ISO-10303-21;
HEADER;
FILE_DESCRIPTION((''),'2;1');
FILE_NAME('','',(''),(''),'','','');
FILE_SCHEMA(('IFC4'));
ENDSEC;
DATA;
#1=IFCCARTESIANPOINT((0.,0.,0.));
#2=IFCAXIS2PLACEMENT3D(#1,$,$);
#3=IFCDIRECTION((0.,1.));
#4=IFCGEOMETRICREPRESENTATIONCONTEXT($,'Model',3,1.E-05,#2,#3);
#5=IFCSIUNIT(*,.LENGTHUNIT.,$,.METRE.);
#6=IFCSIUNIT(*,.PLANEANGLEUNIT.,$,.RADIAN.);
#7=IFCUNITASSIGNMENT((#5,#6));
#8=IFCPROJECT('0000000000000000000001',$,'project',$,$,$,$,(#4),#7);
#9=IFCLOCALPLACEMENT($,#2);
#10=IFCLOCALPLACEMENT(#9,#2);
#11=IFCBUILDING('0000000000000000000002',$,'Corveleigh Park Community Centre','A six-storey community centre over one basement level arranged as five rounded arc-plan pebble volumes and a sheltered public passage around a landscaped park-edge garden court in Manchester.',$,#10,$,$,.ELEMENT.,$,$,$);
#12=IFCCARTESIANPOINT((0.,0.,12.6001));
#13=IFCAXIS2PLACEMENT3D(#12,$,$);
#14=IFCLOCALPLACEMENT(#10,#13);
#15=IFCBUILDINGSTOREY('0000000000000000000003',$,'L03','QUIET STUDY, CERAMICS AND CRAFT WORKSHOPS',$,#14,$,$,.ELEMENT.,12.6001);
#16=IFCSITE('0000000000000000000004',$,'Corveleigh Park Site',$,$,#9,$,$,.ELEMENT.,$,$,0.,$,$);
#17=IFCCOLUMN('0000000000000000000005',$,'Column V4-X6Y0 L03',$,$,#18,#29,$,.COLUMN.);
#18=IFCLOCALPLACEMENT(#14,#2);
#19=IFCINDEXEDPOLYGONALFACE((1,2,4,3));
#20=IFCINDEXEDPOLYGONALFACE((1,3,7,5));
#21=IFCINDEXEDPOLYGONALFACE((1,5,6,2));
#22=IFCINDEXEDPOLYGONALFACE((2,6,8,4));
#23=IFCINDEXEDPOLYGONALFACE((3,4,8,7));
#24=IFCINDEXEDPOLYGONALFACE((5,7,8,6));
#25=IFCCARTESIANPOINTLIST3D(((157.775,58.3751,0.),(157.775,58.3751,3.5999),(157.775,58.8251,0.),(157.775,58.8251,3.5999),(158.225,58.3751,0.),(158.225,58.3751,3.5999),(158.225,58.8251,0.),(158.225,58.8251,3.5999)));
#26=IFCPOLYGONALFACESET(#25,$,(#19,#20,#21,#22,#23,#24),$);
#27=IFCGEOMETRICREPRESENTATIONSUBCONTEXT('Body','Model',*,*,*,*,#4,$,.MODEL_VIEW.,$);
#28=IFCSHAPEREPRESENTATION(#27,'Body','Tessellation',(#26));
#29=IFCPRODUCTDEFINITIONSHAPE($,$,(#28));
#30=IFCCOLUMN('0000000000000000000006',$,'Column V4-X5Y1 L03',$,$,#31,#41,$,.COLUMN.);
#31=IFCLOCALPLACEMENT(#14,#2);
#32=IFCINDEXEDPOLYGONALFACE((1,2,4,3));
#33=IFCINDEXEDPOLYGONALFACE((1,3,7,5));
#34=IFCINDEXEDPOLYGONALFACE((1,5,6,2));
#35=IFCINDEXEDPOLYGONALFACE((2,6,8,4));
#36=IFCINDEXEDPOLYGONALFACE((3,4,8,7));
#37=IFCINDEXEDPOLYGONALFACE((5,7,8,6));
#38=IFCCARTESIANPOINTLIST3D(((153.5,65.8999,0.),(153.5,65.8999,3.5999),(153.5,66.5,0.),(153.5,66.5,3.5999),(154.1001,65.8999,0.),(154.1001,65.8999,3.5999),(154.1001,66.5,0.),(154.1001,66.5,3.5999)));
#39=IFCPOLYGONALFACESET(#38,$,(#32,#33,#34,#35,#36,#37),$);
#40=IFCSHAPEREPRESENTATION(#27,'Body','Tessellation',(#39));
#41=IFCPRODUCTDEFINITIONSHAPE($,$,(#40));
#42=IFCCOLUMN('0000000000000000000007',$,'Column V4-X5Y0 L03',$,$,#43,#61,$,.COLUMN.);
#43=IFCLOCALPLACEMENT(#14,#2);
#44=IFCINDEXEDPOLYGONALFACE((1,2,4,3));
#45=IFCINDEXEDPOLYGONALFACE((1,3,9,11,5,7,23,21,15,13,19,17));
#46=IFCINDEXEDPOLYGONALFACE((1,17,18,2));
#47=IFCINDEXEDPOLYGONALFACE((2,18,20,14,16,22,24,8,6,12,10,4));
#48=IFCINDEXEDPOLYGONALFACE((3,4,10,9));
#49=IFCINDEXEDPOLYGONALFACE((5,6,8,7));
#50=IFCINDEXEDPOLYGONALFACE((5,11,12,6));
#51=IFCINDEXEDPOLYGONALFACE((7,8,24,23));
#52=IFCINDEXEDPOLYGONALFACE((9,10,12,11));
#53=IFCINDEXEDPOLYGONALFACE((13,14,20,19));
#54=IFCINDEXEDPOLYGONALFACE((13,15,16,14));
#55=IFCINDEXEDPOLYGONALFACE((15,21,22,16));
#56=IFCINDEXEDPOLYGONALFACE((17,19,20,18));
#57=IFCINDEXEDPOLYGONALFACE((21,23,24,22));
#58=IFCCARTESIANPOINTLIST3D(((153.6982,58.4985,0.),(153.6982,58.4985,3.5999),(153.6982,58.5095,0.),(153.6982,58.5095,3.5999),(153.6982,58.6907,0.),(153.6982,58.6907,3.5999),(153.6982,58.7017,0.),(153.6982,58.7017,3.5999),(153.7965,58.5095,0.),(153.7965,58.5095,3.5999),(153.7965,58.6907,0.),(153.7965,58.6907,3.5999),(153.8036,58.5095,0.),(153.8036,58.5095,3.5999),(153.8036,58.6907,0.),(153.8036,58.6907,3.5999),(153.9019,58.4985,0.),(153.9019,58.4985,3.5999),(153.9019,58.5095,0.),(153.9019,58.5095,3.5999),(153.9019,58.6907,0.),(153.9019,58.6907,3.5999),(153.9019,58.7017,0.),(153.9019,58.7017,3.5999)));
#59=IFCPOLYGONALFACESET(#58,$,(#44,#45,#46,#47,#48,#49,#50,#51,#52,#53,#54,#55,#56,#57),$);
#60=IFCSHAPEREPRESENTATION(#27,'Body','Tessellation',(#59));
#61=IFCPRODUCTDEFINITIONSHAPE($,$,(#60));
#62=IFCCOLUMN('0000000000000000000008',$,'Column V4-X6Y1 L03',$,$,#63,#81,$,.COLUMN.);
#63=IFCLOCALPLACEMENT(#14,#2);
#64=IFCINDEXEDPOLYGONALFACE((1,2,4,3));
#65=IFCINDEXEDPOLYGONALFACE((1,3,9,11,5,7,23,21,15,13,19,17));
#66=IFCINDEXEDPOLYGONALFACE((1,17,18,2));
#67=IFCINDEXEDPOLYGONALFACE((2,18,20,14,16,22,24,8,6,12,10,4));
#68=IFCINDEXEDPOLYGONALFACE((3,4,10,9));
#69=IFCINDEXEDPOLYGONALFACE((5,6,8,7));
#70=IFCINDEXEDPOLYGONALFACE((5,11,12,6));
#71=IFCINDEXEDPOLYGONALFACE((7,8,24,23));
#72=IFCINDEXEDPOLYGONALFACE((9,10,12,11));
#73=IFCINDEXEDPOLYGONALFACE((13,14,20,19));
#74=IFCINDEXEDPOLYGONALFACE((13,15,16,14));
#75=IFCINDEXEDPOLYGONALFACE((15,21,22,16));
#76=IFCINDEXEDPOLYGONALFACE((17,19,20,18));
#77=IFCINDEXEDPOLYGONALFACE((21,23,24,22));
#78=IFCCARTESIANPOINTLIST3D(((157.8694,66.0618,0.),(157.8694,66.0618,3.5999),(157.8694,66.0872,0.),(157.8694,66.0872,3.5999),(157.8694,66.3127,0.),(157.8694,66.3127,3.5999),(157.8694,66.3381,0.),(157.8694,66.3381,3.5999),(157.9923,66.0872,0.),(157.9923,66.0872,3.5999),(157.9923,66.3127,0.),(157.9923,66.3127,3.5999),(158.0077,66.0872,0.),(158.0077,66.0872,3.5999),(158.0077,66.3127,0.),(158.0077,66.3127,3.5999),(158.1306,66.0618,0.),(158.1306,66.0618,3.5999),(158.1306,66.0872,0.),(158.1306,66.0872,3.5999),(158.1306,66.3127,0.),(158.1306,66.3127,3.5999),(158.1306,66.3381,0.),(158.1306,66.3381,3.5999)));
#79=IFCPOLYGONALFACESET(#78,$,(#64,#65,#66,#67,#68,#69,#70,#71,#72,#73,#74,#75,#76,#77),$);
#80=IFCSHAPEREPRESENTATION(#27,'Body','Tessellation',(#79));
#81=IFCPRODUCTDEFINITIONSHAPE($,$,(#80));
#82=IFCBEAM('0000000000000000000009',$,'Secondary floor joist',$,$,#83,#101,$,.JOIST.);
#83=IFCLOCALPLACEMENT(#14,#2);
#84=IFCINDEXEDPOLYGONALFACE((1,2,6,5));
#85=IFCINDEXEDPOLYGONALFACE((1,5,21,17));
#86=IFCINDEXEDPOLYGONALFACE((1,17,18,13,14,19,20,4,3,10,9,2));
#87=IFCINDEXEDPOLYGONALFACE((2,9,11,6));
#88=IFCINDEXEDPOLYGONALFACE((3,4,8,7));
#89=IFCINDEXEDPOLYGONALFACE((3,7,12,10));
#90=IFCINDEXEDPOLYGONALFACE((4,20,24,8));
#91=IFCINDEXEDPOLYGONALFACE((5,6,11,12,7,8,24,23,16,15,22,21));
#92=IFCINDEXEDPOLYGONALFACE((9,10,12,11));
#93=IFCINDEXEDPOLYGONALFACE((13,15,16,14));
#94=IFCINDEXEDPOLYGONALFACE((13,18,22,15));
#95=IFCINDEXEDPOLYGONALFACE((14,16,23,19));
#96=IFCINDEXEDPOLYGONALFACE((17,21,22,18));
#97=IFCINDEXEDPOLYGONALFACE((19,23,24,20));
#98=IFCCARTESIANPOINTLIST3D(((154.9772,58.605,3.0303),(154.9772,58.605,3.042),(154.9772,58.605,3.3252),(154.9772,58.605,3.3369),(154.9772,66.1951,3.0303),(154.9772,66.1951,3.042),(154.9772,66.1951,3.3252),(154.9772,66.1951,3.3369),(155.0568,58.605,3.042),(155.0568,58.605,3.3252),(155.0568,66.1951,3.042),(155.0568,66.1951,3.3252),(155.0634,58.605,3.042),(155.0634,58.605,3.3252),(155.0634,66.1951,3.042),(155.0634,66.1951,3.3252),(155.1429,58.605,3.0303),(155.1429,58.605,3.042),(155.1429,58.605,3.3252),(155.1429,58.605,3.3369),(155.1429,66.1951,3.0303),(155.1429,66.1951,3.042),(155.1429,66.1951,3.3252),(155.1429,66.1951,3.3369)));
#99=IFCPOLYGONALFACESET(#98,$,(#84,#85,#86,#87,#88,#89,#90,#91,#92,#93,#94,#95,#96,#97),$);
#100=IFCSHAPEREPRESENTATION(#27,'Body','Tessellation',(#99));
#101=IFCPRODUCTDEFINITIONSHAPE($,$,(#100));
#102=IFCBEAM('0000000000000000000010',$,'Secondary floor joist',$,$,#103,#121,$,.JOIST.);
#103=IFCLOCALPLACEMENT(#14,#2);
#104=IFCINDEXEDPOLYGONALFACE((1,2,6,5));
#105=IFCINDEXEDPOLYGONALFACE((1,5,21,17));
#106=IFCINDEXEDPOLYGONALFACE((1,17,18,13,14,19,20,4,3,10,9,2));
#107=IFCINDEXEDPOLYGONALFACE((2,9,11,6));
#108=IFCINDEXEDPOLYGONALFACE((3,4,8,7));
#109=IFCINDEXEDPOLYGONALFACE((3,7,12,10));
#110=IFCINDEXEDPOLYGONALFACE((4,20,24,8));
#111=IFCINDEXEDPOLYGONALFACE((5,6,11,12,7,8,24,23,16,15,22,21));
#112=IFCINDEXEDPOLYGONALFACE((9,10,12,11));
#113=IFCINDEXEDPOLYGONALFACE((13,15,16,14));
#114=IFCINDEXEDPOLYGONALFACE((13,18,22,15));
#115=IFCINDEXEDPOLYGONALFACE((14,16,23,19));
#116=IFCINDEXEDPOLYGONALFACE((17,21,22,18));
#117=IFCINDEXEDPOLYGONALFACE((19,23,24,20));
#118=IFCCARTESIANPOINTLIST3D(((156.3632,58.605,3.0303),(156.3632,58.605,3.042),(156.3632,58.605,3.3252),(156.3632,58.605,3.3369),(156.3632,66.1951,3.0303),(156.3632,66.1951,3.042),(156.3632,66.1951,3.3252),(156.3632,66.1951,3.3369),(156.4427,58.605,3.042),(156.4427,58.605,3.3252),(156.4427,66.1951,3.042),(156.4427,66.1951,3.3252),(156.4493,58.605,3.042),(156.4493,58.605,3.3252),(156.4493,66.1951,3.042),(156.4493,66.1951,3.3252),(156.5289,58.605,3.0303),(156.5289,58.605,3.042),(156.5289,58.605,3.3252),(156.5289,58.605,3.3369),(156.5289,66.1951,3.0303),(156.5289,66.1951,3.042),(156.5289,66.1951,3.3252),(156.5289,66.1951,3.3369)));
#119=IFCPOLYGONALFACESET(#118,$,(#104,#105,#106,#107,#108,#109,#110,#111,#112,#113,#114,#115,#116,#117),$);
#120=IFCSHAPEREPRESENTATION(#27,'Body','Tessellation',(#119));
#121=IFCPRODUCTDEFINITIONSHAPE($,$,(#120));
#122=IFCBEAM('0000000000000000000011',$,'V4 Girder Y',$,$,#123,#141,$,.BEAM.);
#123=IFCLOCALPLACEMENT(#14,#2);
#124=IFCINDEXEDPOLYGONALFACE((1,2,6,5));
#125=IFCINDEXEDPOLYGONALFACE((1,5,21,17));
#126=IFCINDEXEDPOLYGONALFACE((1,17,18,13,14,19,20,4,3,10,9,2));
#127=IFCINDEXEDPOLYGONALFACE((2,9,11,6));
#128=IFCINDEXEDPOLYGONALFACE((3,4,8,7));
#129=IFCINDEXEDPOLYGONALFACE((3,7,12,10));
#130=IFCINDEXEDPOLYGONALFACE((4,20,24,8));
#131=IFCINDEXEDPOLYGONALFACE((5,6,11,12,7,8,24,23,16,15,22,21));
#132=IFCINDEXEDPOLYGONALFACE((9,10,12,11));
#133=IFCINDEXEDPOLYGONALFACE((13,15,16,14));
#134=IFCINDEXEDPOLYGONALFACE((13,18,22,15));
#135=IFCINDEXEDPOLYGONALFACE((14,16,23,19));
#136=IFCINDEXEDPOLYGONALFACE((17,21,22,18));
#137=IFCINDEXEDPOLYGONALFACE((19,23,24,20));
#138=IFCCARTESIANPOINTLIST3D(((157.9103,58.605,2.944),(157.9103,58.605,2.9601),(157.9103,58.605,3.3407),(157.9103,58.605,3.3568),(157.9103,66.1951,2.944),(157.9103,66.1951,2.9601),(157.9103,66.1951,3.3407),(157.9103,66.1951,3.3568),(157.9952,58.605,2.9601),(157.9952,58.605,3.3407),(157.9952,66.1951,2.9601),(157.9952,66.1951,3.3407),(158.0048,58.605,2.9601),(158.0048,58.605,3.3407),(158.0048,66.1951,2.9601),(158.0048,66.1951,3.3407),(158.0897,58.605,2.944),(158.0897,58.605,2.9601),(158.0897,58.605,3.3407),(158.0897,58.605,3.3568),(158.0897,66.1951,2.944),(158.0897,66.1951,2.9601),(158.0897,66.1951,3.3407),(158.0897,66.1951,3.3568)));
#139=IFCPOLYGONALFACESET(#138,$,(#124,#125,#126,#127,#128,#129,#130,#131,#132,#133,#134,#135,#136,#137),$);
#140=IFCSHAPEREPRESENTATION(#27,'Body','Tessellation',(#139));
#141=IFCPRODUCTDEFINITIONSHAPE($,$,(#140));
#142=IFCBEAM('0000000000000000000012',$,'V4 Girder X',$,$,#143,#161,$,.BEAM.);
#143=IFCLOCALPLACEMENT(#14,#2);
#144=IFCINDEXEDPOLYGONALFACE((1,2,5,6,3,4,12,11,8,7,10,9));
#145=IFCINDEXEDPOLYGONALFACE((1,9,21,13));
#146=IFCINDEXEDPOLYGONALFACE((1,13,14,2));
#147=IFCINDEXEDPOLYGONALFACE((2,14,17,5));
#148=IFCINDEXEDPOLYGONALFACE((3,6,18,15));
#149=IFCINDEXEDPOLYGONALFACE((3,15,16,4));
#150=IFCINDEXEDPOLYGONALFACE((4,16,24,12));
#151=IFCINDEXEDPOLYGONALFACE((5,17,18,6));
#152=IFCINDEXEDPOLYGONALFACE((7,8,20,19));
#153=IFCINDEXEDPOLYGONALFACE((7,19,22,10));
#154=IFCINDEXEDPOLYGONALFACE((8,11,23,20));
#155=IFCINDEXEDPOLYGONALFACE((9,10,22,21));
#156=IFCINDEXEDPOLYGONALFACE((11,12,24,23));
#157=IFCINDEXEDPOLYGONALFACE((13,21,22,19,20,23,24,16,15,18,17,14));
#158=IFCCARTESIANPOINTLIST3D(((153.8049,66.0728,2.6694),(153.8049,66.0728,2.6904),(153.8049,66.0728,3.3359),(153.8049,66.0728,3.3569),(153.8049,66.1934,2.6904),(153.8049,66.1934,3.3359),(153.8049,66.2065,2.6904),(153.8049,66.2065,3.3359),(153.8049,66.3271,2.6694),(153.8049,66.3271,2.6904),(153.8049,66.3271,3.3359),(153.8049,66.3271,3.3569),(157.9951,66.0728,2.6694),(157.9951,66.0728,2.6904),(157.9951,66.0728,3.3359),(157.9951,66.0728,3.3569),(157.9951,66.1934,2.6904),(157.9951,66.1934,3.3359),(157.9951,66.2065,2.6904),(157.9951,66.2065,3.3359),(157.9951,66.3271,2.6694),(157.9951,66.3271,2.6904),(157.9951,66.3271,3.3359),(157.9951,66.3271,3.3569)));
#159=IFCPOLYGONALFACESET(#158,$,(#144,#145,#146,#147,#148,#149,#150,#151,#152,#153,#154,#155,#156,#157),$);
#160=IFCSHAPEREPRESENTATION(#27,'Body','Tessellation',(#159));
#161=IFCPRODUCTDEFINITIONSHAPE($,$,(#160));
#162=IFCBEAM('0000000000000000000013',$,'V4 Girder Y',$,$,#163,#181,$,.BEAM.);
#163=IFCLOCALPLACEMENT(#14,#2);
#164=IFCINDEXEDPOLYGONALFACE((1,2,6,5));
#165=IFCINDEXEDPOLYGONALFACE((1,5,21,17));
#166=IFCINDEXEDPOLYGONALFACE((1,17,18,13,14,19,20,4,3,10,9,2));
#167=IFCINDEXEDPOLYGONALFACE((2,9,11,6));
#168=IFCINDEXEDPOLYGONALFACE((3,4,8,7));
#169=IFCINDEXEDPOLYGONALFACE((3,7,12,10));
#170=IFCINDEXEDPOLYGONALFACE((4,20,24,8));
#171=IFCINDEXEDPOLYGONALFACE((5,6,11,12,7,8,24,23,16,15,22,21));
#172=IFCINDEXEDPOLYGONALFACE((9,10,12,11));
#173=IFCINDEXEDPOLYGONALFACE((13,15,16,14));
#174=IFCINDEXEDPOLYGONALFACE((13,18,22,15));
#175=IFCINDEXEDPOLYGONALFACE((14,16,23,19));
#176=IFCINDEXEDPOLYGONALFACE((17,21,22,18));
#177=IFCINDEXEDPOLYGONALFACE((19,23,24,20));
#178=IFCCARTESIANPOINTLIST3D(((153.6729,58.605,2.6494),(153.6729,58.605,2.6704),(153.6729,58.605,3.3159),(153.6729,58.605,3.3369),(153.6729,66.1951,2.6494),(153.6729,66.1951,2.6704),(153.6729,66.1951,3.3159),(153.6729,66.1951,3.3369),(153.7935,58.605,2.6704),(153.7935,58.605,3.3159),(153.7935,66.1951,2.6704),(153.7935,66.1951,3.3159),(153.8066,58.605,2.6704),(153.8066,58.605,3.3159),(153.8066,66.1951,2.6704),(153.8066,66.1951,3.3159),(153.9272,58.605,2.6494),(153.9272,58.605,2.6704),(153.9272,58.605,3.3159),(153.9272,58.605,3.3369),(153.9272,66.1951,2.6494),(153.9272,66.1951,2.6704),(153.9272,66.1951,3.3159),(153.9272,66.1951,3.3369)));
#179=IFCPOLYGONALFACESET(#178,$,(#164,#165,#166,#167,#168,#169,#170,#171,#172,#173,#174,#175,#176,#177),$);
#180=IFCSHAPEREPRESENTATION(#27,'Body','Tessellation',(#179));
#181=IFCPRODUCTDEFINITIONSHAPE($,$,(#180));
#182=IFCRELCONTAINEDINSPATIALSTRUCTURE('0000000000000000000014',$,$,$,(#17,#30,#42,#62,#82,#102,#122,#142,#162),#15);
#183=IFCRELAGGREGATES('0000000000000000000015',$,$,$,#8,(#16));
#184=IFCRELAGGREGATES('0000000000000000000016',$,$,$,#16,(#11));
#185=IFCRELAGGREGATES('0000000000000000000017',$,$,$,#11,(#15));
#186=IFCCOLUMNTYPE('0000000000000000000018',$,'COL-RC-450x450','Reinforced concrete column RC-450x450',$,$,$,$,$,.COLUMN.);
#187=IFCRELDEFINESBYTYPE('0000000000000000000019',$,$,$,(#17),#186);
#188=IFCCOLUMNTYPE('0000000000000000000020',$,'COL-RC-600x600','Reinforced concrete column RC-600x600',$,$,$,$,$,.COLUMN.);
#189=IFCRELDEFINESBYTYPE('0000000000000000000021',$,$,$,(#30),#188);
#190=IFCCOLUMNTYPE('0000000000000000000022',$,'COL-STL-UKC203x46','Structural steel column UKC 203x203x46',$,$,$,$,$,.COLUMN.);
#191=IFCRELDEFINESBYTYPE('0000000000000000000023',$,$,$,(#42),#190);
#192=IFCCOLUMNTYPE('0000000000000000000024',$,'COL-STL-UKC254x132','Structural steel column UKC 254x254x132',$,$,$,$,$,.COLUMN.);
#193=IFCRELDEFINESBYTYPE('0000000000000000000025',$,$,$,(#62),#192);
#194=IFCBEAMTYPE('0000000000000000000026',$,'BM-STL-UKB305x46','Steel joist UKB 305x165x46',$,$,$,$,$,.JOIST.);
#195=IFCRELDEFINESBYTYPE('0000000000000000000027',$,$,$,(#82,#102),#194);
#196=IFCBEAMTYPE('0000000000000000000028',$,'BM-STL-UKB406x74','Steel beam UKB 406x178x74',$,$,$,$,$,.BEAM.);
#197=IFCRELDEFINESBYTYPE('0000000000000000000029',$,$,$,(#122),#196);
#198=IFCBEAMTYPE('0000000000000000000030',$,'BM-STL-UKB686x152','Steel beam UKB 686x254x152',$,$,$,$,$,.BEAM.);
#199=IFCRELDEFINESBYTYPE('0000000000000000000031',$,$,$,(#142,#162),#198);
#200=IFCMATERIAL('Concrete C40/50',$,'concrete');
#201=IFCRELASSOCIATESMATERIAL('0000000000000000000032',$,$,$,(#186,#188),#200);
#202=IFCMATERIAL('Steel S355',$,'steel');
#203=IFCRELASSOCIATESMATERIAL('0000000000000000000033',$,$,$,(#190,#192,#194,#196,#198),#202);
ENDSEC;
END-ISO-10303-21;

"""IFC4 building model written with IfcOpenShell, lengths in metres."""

from ifc_helpers import new_model, si_unit, direction, frame, origin, origin_2d, place, context, subcontext, project, spatial, rectangle, i_section, extrude, material, material_profile, profile_set, type_object, element, save


model = new_model("IFC4")

# Units and contexts
model_context = context("Model", 3, precision=1e-05, world=origin(), true_north=direction((0.0, 1.0)))
body_context = subcontext(model_context, "Body", "Model", "MODEL_VIEW")
ifc_project = project(units=[si_unit("LENGTHUNIT", "METRE"), si_unit("PLANEANGLEUNIT", "RADIAN")], contexts=[model_context])

# Site, building, storey
site_placement = place(None, origin())
site = spatial("IfcSite", under=ifc_project, at=site_placement, Name="Corveleigh Park Site", CompositionType="ELEMENT", RefElevation=0.0)
building_placement = place(site_placement, origin())
building = spatial("IfcBuilding", under=site, at=building_placement, Name="Corveleigh Park Community Centre", Description="A six-storey community centre over one basement level arranged as five rounded arc-plan pebble volumes and a sheltered public passage around a landscaped park-edge garden court in Manchester.", CompositionType="ELEMENT")
storey_placement = place(building_placement, frame((0.0, 0.0, 12.6001)))
storey = spatial("IfcBuildingStorey", under=building, at=storey_placement, Name="L03", Description="QUIET STUDY, CERAMICS AND CRAFT WORKSHOPS", CompositionType="ELEMENT", Elevation=12.6001)

# Columns
ifc_material_1 = material(Name="Concrete C40/50", Category="concrete")
ifc_material_profile_1 = material_profile(ifc_material_1, rectangle(XDim=0.45, YDim=0.45, at=origin_2d()), Name="RC-450x450", Category="concrete")
ifc_profile_set_1 = profile_set([ifc_material_profile_1], Name="Concrete C40/50")
column_type_1 = type_object("IfcColumnType", Name="COL-RC-450x450", Description="Reinforced concrete column RC-450x450", PredefinedType="COLUMN", material=ifc_profile_set_1)
column_1_placement = place(storey_placement, frame((158.0, 58.6001, 0.0), z_axis=(0.0, 0.0, 1.0), x_axis=(1.0, 0.0, 0.0)))
element("IfcColumn", 1, at=column_1_placement, inside=storey, type_object=column_type_1, Name="Column V4-X6Y0 L03", PredefinedType="COLUMN", context=body_context, shape_type="SweptSolid", body=[
    extrude(rectangle(XDim=0.45, YDim=0.45, at=origin_2d()), origin(), (0.0, 0.0, 1.0), 3.5999),
])
ifc_material_profile_2 = material_profile(ifc_material_1, rectangle(XDim=0.6001, YDim=0.6001, at=origin_2d()), Name="RC-600x600", Category="concrete")
ifc_profile_set_2 = profile_set([ifc_material_profile_2], Name="Concrete C40/50")
column_type_2 = type_object("IfcColumnType", Name="COL-RC-600x600", Description="Reinforced concrete column RC-600x600", PredefinedType="COLUMN", material=ifc_profile_set_2)
column_2_placement = place(storey_placement, frame((153.8, 66.2, 0.0), z_axis=(0.0, 0.0, 1.0), x_axis=(1.0, 0.0, 0.0)))
element("IfcColumn", 2, at=column_2_placement, inside=storey, type_object=column_type_2, Name="Column V4-X5Y1 L03", PredefinedType="COLUMN", context=body_context, shape_type="SweptSolid", body=[
    extrude(rectangle(XDim=0.6001, YDim=0.6001, at=origin_2d()), origin(), (0.0, 0.0, 1.0), 3.5999),
])
ifc_material_2 = material(Name="Steel S355", Category="steel")
ifc_material_profile_3 = material_profile(ifc_material_2, i_section(OverallWidth=0.2036, OverallDepth=0.2031, WebThickness=0.0071, FlangeThickness=0.011, at=origin_2d()), Name="UKC 203x203x46", Category="steel")
ifc_profile_set_3 = profile_set([ifc_material_profile_3], Name="Steel S355")
column_type_3 = type_object("IfcColumnType", Name="COL-STL-UKC203x46", Description="Structural steel column UKC 203x203x46", PredefinedType="COLUMN", material=ifc_profile_set_3)
column_3_placement = place(storey_placement, frame((153.8, 58.6001, 0.0), z_axis=(0.0, 0.0, 1.0), x_axis=(1.0, 0.0, 0.0)))
element("IfcColumn", 3, at=column_3_placement, inside=storey, type_object=column_type_3, Name="Column V4-X5Y0 L03", PredefinedType="COLUMN", context=body_context, shape_type="SweptSolid", body=[
    extrude(i_section(OverallWidth=0.2036, OverallDepth=0.2031, WebThickness=0.0071, FlangeThickness=0.011, at=origin_2d()), origin(), (0.0, 0.0, 1.0), 3.5999),
])
ifc_material_profile_4 = material_profile(ifc_material_2, i_section(OverallWidth=0.2612, OverallDepth=0.2764, WebThickness=0.0154, FlangeThickness=0.0254, at=origin_2d()), Name="UKC 254x254x132", Category="steel")
ifc_profile_set_4 = profile_set([ifc_material_profile_4], Name="Steel S355")
column_type_4 = type_object("IfcColumnType", Name="COL-STL-UKC254x132", Description="Structural steel column UKC 254x254x132", PredefinedType="COLUMN", material=ifc_profile_set_4)
column_4_placement = place(storey_placement, frame((158.0, 66.2, 0.0), z_axis=(0.0, 0.0, 1.0), x_axis=(1.0, 0.0, 0.0)))
element("IfcColumn", 4, at=column_4_placement, inside=storey, type_object=column_type_4, Name="Column V4-X6Y1 L03", PredefinedType="COLUMN", context=body_context, shape_type="SweptSolid", body=[
    extrude(i_section(OverallWidth=0.2612, OverallDepth=0.2764, WebThickness=0.0154, FlangeThickness=0.0254, at=origin_2d()), origin(), (0.0, 0.0, 1.0), 3.5999),
])

# Beams
ifc_material_profile_5 = material_profile(ifc_material_2, i_section(OverallWidth=0.1658, OverallDepth=0.3066, WebThickness=0.0066, FlangeThickness=0.0117, at=origin_2d()), Name="UKB 305x165x46", Category="steel")
ifc_profile_set_5 = profile_set([ifc_material_profile_5], Name="Steel S355")
beam_type_1 = type_object("IfcBeamType", Name="BM-STL-UKB305x46", Description="Steel joist UKB 305x165x46", PredefinedType="JOIST", material=ifc_profile_set_5)
for number, where, z_axis, x_axis, name in (
    (5, (155.0601, 58.605, 3.1836), (0.0, 1.0, 0.0), (-1.0, 0.0, 0.0), "Secondary floor joist"),
    (6, (156.446, 58.605, 3.1836), (0.0, 1.0, 0.0), (-1.0, 0.0, 0.0), "Secondary floor joist"),
):
    element("IfcBeam", number, at=place(storey_placement, frame(where, z_axis=z_axis, x_axis=x_axis)), inside=storey, type_object=beam_type_1, Name=name, PredefinedType="JOIST", context=body_context, shape_type="SweptSolid", body=[
        extrude(i_section(OverallWidth=0.1658, OverallDepth=0.3066, WebThickness=0.0066, FlangeThickness=0.0117, at=origin_2d()), origin(), (0.0, 0.0, 1.0), 7.5901),
    ])
ifc_material_profile_6 = material_profile(ifc_material_2, i_section(OverallWidth=0.1794, OverallDepth=0.4128, WebThickness=0.0095, FlangeThickness=0.0161, at=origin_2d()), Name="UKB 406x178x74", Category="steel")
ifc_profile_set_6 = profile_set([ifc_material_profile_6], Name="Steel S355")
beam_type_2 = type_object("IfcBeamType", Name="BM-STL-UKB406x74", Description="Steel beam UKB 406x178x74", PredefinedType="BEAM", material=ifc_profile_set_6)
beam_1_placement = place(storey_placement, frame((158.0, 58.605, 3.1504), z_axis=(0.0, 1.0, 0.0), x_axis=(-1.0, 0.0, 0.0)))
element("IfcBeam", 7, at=beam_1_placement, inside=storey, type_object=beam_type_2, Name="V4 Girder Y", PredefinedType="BEAM", context=body_context, shape_type="SweptSolid", body=[
    extrude(i_section(OverallWidth=0.1794, OverallDepth=0.4128, WebThickness=0.0095, FlangeThickness=0.0161, at=origin_2d()), origin(), (0.0, 0.0, 1.0), 7.5901),
])
ifc_material_profile_7 = material_profile(ifc_material_2, i_section(OverallWidth=0.2544, OverallDepth=0.6875, WebThickness=0.0132, FlangeThickness=0.021, at=origin_2d()), Name="UKB 686x254x152", Category="steel")
ifc_profile_set_7 = profile_set([ifc_material_profile_7], Name="Steel S355")
beam_type_3 = type_object("IfcBeamType", Name="BM-STL-UKB686x152", Description="Steel beam UKB 686x254x152", PredefinedType="BEAM", material=ifc_profile_set_7)
beam_2_placement = place(storey_placement, frame((153.8049, 66.2, 3.0132), z_axis=(1.0, 0.0, 0.0), x_axis=(0.0, 1.0, 0.0)))
element("IfcBeam", 8, at=beam_2_placement, inside=storey, type_object=beam_type_3, Name="V4 Girder X", PredefinedType="BEAM", context=body_context, shape_type="SweptSolid", body=[
    extrude(i_section(OverallWidth=0.2544, OverallDepth=0.6875, WebThickness=0.0132, FlangeThickness=0.021, at=origin_2d()), origin(), (0.0, 0.0, 1.0), 4.1902),
])
beam_3_placement = place(storey_placement, frame((153.8, 58.605, 2.9932), z_axis=(0.0, 1.0, 0.0), x_axis=(-1.0, 0.0, 0.0)))
element("IfcBeam", 9, at=beam_3_placement, inside=storey, type_object=beam_type_3, Name="V4 Girder Y", PredefinedType="BEAM", context=body_context, shape_type="SweptSolid", body=[
    extrude(i_section(OverallWidth=0.2544, OverallDepth=0.6875, WebThickness=0.0132, FlangeThickness=0.021, at=origin_2d()), origin(), (0.0, 0.0, 1.0), 7.5901),
])

save(model, "model.ifc")
